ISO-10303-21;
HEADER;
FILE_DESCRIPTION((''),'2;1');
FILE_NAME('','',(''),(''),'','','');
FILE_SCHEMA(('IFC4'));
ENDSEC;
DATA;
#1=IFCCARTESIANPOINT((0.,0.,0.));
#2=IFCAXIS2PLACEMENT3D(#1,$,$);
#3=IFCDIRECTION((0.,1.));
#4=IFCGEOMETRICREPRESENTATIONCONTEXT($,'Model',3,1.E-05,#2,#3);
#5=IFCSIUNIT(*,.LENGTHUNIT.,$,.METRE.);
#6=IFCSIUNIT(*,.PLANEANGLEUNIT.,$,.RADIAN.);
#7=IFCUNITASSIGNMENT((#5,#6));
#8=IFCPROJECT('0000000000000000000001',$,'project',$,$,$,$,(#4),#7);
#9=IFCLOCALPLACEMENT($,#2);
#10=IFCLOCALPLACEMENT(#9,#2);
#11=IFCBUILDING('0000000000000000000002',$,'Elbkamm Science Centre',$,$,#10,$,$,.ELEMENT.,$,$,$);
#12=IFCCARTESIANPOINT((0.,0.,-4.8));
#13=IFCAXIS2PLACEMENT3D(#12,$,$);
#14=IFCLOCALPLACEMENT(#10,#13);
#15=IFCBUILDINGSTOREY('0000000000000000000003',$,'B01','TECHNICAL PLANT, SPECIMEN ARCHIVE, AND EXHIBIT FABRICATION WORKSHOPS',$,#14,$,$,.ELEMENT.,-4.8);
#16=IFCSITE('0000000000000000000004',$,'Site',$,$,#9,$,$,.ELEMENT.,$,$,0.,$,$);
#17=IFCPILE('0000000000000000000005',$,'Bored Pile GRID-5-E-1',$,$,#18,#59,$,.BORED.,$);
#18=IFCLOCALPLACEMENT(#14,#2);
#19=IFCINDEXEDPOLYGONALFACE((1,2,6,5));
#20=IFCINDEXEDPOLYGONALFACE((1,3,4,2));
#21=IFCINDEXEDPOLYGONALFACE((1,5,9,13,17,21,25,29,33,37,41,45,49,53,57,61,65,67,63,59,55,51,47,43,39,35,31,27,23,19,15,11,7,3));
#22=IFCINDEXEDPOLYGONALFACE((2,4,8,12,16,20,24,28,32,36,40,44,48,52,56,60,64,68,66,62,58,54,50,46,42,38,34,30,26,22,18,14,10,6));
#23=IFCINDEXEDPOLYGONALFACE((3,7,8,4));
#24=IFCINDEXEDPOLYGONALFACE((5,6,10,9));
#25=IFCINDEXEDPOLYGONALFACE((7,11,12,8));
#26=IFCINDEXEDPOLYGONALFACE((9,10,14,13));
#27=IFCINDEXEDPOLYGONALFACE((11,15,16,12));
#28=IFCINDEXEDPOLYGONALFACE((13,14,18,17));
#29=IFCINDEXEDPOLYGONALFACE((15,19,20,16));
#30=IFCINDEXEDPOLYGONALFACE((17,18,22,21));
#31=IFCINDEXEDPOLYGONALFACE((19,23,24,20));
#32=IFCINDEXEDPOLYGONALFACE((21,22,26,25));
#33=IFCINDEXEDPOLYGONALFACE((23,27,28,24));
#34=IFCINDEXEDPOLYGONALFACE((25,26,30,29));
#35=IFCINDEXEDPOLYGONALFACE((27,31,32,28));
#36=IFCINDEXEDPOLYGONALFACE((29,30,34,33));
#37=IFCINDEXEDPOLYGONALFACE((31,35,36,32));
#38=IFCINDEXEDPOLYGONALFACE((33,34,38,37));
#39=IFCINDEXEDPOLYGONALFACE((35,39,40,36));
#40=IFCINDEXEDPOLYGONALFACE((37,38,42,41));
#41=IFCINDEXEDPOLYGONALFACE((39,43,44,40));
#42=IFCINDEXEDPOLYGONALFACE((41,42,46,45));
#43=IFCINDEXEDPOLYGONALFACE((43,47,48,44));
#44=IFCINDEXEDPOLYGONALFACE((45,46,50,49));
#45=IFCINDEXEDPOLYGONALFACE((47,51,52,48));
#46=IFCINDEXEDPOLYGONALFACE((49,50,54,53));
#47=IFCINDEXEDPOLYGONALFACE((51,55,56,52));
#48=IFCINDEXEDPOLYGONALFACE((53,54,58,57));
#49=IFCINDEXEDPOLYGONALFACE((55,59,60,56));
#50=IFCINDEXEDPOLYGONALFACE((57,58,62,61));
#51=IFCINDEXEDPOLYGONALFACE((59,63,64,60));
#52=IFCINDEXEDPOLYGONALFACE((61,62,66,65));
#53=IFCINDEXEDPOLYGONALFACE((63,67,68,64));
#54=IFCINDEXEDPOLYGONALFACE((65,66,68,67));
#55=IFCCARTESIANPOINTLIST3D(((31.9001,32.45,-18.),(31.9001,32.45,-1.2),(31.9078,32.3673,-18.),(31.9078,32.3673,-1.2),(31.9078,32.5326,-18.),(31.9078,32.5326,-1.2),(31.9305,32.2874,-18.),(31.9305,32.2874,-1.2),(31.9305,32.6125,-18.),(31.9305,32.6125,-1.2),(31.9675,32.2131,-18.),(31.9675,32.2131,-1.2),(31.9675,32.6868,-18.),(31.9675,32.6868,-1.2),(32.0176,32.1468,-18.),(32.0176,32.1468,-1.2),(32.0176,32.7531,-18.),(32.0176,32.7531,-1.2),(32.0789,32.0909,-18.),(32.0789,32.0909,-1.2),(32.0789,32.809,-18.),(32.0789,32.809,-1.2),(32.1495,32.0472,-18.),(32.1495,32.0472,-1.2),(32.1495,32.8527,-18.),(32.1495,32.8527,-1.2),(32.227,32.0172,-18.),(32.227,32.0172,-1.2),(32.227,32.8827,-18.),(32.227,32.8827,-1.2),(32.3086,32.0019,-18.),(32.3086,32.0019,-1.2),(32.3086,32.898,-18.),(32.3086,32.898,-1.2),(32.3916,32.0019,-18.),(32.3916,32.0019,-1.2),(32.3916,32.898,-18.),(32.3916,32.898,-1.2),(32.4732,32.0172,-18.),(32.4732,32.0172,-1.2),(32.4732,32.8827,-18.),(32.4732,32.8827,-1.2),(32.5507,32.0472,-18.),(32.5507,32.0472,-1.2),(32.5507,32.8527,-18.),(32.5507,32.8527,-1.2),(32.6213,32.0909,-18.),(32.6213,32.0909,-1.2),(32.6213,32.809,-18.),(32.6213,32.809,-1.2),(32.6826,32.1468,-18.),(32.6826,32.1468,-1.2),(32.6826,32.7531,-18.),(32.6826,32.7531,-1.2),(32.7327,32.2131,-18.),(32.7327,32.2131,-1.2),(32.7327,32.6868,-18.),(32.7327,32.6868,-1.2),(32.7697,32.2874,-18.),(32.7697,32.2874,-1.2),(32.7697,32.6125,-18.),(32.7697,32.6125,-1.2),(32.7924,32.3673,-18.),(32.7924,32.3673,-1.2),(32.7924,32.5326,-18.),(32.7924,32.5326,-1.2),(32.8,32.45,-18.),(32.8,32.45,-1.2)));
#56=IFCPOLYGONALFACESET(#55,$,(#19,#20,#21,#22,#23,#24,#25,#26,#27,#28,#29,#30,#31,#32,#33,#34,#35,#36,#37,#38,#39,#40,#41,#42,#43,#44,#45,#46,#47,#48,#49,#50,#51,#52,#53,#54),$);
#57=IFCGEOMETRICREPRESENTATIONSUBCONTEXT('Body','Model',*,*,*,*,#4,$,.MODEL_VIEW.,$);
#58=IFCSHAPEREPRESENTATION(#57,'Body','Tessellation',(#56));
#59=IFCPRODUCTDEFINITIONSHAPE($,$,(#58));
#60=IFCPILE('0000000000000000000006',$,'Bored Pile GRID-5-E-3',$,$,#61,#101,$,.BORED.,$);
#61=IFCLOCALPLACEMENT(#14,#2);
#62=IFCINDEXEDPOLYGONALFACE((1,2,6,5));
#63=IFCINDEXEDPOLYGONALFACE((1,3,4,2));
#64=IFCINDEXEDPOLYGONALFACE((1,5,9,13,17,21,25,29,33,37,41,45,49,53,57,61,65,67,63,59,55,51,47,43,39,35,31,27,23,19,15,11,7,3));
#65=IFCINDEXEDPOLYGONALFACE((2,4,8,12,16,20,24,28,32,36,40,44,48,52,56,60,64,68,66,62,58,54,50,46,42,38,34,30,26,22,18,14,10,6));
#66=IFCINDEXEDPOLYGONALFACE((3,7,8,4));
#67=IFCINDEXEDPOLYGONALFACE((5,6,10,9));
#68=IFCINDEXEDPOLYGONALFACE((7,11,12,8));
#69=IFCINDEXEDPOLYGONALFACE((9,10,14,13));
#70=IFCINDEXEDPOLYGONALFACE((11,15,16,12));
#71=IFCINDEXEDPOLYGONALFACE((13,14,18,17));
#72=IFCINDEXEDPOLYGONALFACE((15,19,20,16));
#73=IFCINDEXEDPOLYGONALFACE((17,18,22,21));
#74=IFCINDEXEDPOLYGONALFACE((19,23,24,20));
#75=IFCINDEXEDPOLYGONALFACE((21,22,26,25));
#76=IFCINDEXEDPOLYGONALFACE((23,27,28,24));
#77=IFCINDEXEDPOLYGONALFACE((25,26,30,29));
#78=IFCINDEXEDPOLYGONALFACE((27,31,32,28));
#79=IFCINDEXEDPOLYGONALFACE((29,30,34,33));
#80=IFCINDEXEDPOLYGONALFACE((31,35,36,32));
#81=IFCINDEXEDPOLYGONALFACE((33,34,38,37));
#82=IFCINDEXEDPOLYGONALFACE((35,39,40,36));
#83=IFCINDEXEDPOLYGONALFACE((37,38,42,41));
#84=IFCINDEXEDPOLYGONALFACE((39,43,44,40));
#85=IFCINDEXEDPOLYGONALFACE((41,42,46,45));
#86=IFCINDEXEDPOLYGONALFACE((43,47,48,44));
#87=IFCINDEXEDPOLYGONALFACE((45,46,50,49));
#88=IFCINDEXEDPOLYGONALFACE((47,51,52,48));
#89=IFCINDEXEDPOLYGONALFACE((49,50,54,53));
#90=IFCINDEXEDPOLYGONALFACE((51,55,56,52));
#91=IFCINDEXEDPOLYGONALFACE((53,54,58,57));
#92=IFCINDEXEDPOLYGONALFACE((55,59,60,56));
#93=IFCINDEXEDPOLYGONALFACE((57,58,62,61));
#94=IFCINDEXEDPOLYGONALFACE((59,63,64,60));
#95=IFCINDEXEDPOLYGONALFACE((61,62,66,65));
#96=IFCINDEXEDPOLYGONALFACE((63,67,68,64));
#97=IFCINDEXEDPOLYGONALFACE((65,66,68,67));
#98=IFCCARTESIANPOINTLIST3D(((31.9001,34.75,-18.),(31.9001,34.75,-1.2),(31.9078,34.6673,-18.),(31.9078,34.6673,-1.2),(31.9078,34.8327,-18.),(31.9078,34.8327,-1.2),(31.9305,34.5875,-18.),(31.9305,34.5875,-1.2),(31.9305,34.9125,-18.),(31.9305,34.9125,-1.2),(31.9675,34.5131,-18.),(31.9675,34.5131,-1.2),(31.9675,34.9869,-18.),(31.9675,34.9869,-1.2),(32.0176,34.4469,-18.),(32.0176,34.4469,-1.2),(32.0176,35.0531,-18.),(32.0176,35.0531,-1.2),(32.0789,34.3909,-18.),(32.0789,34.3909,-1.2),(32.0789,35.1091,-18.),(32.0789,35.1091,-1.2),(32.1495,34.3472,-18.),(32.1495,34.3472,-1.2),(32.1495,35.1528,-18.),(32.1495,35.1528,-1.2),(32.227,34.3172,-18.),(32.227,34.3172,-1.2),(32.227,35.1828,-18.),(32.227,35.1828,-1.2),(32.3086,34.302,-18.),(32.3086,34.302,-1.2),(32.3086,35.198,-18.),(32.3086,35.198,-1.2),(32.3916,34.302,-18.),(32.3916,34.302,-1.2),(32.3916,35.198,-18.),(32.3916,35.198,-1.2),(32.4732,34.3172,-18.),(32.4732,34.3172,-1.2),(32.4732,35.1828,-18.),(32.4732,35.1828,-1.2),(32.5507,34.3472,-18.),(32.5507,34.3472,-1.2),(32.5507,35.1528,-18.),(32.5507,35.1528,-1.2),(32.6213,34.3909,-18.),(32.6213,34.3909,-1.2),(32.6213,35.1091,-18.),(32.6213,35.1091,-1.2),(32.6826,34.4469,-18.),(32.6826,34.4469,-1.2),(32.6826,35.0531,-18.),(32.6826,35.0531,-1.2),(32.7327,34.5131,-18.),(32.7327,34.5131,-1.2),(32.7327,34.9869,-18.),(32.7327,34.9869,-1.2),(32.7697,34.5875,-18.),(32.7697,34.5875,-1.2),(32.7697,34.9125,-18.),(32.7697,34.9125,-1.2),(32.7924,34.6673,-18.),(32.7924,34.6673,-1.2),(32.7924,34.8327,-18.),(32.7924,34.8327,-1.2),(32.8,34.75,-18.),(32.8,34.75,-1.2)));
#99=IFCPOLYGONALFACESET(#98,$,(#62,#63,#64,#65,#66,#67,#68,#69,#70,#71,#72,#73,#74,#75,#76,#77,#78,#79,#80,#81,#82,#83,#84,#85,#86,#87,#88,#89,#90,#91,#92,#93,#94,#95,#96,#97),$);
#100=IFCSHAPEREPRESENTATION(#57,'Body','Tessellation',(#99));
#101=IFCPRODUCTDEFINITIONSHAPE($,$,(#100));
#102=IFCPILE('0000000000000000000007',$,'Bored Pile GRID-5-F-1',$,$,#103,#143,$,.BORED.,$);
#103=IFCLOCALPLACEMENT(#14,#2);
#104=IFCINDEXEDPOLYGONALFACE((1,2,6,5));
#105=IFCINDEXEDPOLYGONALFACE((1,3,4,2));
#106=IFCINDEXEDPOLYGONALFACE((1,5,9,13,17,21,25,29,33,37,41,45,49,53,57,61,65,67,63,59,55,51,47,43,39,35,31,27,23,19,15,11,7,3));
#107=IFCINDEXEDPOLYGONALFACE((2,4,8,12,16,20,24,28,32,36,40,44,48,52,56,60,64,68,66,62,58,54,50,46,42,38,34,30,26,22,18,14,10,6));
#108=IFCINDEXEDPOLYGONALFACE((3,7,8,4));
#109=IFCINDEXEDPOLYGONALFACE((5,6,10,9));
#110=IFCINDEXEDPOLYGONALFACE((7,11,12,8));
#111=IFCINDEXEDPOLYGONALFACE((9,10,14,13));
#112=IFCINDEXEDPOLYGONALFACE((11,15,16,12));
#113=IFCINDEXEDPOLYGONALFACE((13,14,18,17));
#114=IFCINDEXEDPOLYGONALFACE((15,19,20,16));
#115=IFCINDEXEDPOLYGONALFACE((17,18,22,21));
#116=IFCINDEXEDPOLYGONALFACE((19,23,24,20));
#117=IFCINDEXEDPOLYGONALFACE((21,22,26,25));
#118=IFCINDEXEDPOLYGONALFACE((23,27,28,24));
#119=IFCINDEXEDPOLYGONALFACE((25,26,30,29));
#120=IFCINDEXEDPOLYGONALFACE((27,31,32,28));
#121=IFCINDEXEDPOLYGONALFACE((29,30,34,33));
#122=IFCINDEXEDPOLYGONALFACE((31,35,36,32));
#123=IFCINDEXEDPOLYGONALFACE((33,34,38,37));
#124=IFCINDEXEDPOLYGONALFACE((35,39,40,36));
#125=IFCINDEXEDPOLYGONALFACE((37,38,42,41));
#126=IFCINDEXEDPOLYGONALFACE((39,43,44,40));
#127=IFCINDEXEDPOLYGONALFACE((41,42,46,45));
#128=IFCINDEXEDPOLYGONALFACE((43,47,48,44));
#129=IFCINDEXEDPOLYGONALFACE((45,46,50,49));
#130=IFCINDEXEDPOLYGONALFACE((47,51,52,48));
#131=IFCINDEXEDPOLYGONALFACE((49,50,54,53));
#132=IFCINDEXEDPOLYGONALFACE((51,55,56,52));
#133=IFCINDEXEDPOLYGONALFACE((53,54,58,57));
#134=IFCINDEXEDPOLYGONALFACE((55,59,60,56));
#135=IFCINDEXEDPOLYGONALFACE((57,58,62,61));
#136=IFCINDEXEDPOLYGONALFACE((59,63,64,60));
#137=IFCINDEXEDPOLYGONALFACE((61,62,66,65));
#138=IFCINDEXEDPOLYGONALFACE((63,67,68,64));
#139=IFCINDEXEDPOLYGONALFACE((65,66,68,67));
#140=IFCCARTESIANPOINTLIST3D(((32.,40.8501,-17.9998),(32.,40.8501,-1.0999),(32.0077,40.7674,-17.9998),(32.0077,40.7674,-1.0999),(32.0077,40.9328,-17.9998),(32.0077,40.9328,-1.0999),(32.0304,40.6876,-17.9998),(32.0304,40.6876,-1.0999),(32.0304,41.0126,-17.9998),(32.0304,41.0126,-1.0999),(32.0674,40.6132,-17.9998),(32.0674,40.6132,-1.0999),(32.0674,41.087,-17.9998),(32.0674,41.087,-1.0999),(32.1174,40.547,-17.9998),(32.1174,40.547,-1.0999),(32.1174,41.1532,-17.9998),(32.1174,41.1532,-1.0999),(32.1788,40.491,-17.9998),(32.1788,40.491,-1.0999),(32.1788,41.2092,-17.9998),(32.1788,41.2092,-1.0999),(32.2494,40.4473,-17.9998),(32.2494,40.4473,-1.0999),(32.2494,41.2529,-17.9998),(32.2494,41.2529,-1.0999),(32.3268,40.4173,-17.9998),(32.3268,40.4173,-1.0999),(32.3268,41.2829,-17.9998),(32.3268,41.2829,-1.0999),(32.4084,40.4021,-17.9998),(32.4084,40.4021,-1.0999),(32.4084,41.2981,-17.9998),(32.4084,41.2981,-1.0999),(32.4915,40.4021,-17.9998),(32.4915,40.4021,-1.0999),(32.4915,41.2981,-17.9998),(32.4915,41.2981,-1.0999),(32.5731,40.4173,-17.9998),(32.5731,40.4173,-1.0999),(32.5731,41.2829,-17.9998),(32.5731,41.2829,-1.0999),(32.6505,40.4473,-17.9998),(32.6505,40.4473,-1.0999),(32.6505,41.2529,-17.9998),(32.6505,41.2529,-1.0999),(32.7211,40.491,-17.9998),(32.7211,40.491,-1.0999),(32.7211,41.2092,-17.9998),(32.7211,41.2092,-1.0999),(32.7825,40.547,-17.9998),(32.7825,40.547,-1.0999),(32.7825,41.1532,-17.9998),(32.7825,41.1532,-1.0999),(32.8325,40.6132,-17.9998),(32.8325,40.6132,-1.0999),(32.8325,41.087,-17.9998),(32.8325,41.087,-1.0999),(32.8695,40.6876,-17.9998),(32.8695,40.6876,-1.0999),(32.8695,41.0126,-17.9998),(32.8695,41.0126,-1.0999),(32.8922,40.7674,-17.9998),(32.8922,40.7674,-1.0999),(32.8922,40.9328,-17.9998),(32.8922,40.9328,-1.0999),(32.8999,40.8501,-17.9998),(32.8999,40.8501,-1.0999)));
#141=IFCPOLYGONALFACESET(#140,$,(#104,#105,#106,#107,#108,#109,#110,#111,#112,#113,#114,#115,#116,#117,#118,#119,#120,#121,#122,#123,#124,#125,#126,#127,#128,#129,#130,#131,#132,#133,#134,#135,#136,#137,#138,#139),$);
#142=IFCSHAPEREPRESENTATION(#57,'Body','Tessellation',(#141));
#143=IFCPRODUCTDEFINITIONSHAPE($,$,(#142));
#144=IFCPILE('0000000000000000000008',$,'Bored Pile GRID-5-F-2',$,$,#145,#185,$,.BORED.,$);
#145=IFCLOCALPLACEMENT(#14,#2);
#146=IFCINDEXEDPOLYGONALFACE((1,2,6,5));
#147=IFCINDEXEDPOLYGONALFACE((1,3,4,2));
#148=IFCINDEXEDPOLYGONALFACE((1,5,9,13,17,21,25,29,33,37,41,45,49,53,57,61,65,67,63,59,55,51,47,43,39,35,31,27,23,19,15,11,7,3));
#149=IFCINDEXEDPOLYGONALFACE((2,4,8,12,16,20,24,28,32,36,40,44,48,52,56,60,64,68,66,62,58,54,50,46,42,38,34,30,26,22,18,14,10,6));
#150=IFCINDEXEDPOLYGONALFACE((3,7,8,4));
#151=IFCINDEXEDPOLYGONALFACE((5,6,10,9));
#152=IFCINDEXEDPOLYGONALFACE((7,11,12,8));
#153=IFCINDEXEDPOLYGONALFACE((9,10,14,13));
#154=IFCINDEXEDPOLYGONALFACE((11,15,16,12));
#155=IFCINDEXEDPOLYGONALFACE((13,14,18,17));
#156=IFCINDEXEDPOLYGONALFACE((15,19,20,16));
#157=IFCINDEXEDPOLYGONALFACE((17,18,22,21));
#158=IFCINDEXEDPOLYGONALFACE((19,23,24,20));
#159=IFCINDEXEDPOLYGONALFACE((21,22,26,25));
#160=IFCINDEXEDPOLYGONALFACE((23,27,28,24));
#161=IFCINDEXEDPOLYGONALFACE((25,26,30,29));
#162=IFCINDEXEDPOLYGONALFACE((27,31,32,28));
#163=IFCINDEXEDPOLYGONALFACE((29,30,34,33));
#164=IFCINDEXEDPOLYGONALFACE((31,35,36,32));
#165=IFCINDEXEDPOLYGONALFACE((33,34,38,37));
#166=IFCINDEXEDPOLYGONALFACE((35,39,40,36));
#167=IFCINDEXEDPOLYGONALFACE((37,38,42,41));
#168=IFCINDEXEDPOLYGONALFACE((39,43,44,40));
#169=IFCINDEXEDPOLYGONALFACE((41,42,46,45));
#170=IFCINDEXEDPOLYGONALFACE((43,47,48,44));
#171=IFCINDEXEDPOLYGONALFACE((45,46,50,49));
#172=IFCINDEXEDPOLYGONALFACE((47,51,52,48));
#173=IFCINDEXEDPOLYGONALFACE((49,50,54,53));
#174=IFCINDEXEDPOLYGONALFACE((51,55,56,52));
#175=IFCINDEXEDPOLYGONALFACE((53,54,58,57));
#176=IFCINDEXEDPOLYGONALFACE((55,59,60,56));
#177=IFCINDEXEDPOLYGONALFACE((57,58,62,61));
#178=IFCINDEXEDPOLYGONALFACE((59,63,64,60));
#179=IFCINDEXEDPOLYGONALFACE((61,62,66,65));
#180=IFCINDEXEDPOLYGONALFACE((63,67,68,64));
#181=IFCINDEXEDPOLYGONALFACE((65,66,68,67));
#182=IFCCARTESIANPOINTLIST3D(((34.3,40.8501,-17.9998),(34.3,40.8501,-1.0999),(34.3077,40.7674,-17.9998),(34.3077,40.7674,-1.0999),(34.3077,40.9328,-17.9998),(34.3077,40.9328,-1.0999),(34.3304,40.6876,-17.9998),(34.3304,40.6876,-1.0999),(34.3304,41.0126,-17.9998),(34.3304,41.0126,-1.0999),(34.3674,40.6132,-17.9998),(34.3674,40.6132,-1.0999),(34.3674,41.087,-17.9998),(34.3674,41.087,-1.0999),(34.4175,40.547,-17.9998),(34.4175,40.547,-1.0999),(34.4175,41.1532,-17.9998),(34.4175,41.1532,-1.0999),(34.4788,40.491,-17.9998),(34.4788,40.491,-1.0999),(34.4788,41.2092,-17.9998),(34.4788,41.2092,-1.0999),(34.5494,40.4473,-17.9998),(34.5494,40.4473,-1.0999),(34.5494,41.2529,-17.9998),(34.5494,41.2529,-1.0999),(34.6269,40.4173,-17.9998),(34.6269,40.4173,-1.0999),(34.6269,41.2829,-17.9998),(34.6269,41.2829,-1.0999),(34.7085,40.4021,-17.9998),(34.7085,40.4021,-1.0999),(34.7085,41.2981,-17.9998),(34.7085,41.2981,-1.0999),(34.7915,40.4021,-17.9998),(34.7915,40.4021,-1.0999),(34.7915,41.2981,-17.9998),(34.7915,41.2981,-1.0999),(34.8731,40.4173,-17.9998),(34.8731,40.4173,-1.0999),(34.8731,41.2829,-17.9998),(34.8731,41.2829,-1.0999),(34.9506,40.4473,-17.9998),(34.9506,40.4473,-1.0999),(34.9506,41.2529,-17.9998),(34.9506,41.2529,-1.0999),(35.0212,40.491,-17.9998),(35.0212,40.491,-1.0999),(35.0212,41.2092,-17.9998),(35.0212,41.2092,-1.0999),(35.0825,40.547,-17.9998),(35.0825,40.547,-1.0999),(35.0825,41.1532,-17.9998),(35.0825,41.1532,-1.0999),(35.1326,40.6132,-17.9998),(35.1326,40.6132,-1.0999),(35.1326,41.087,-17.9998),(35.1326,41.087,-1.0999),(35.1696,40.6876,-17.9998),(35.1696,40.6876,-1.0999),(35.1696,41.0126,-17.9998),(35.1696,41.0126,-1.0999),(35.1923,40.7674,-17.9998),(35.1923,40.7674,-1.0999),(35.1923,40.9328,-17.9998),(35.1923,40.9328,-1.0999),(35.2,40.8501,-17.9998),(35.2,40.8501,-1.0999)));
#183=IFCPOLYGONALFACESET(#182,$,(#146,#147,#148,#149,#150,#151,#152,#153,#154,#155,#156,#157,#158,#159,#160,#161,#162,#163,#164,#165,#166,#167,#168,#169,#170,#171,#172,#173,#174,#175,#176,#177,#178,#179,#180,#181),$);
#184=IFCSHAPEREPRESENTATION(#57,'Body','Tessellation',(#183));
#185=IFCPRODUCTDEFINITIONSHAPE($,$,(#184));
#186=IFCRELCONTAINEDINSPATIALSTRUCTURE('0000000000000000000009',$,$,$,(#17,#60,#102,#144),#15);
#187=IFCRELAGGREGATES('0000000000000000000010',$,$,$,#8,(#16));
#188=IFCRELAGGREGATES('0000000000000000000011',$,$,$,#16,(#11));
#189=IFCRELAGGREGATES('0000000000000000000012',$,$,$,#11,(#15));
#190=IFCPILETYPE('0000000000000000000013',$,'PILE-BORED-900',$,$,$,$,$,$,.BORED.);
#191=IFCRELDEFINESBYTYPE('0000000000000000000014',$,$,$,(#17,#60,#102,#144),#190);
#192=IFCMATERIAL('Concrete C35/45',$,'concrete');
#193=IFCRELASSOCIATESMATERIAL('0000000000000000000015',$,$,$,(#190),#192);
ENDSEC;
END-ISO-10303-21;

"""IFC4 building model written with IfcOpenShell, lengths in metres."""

from ifc_helpers import new_model, si_unit, direction, frame, origin, origin_2d, place, context, subcontext, project, spatial, circle, extrude, material, material_profile, profile_set, type_object, element, save


model = new_model("IFC4")

# Units and contexts
model_context = context("Model", 3, precision=1e-05, world=origin(), true_north=direction((0.0, 1.0)))
body_context = subcontext(model_context, "Body", "Model", "MODEL_VIEW")
ifc_project = project(units=[si_unit("LENGTHUNIT", "METRE"), si_unit("PLANEANGLEUNIT", "RADIAN")], contexts=[model_context])

# Site, building, storey
site_placement = place(None, origin())
site = spatial("IfcSite", under=ifc_project, at=site_placement, Name="Site", CompositionType="ELEMENT", RefElevation=0.0)
building_placement = place(site_placement, origin())
building = spatial("IfcBuilding", under=site, at=building_placement, Name="Elbkamm Science Centre", CompositionType="ELEMENT")
storey_placement = place(building_placement, frame((0.0, 0.0, -4.8)))
storey = spatial("IfcBuildingStorey", under=building, at=storey_placement, Name="B01", Description="TECHNICAL PLANT, SPECIMEN ARCHIVE, AND EXHIBIT FABRICATION WORKSHOPS", CompositionType="ELEMENT", Elevation=-4.8)

# Shared definitions
ifc_material_1 = material(Name="Concrete C35/45", Category="concrete")

# Piles
ifc_material_profile_1 = material_profile(ifc_material_1, circle(Radius=0.45, at=origin_2d()), Name="PILE D900")
ifc_profile_set_1 = profile_set([ifc_material_profile_1], Name="Concrete C35/45")
pile_type = type_object("IfcPileType", Name="PILE-BORED-900", PredefinedType="BORED", material=ifc_profile_set_1)
for number, where, z_axis, x_axis, name in (
    (1, (32.3501, 32.45, -1.2), (0.0, 0.0, -1.0), (1.0, 0.0, 0.0), "Bored Pile GRID-5-E-1"),
    (2, (32.3501, 34.75, -1.2), (0.0, 0.0, -1.0), (1.0, 0.0, 0.0), "Bored Pile GRID-5-E-3"),
):
    element("IfcPile", number, at=place(storey_placement, frame(where, z_axis=z_axis, x_axis=x_axis)), inside=storey, type_object=pile_type, Name=name, PredefinedType="BORED", context=body_context, shape_type="SweptSolid", body=[
        extrude(circle(Radius=0.45, at=origin_2d()), origin(), (0.0, 0.0, 1.0), 16.8),
    ])
for number, where, z_axis, x_axis, name in (
    (3, (32.45, 40.8501, -1.0999), (0.0, 0.0, -1.0), (1.0, 0.0, 0.0), "Bored Pile GRID-5-F-1"),
    (4, (34.75, 40.8501, -1.0999), (0.0, 0.0, -1.0), (1.0, 0.0, 0.0), "Bored Pile GRID-5-F-2"),
):
    element("IfcPile", number, at=place(storey_placement, frame(where, z_axis=z_axis, x_axis=x_axis)), inside=storey, type_object=pile_type, Name=name, PredefinedType="BORED", context=body_context, shape_type="SweptSolid", body=[
        extrude(circle(Radius=0.45, at=origin_2d()), origin(), (0.0, 0.0, 1.0), 16.8999),
    ])

save(model, "model.ifc")
